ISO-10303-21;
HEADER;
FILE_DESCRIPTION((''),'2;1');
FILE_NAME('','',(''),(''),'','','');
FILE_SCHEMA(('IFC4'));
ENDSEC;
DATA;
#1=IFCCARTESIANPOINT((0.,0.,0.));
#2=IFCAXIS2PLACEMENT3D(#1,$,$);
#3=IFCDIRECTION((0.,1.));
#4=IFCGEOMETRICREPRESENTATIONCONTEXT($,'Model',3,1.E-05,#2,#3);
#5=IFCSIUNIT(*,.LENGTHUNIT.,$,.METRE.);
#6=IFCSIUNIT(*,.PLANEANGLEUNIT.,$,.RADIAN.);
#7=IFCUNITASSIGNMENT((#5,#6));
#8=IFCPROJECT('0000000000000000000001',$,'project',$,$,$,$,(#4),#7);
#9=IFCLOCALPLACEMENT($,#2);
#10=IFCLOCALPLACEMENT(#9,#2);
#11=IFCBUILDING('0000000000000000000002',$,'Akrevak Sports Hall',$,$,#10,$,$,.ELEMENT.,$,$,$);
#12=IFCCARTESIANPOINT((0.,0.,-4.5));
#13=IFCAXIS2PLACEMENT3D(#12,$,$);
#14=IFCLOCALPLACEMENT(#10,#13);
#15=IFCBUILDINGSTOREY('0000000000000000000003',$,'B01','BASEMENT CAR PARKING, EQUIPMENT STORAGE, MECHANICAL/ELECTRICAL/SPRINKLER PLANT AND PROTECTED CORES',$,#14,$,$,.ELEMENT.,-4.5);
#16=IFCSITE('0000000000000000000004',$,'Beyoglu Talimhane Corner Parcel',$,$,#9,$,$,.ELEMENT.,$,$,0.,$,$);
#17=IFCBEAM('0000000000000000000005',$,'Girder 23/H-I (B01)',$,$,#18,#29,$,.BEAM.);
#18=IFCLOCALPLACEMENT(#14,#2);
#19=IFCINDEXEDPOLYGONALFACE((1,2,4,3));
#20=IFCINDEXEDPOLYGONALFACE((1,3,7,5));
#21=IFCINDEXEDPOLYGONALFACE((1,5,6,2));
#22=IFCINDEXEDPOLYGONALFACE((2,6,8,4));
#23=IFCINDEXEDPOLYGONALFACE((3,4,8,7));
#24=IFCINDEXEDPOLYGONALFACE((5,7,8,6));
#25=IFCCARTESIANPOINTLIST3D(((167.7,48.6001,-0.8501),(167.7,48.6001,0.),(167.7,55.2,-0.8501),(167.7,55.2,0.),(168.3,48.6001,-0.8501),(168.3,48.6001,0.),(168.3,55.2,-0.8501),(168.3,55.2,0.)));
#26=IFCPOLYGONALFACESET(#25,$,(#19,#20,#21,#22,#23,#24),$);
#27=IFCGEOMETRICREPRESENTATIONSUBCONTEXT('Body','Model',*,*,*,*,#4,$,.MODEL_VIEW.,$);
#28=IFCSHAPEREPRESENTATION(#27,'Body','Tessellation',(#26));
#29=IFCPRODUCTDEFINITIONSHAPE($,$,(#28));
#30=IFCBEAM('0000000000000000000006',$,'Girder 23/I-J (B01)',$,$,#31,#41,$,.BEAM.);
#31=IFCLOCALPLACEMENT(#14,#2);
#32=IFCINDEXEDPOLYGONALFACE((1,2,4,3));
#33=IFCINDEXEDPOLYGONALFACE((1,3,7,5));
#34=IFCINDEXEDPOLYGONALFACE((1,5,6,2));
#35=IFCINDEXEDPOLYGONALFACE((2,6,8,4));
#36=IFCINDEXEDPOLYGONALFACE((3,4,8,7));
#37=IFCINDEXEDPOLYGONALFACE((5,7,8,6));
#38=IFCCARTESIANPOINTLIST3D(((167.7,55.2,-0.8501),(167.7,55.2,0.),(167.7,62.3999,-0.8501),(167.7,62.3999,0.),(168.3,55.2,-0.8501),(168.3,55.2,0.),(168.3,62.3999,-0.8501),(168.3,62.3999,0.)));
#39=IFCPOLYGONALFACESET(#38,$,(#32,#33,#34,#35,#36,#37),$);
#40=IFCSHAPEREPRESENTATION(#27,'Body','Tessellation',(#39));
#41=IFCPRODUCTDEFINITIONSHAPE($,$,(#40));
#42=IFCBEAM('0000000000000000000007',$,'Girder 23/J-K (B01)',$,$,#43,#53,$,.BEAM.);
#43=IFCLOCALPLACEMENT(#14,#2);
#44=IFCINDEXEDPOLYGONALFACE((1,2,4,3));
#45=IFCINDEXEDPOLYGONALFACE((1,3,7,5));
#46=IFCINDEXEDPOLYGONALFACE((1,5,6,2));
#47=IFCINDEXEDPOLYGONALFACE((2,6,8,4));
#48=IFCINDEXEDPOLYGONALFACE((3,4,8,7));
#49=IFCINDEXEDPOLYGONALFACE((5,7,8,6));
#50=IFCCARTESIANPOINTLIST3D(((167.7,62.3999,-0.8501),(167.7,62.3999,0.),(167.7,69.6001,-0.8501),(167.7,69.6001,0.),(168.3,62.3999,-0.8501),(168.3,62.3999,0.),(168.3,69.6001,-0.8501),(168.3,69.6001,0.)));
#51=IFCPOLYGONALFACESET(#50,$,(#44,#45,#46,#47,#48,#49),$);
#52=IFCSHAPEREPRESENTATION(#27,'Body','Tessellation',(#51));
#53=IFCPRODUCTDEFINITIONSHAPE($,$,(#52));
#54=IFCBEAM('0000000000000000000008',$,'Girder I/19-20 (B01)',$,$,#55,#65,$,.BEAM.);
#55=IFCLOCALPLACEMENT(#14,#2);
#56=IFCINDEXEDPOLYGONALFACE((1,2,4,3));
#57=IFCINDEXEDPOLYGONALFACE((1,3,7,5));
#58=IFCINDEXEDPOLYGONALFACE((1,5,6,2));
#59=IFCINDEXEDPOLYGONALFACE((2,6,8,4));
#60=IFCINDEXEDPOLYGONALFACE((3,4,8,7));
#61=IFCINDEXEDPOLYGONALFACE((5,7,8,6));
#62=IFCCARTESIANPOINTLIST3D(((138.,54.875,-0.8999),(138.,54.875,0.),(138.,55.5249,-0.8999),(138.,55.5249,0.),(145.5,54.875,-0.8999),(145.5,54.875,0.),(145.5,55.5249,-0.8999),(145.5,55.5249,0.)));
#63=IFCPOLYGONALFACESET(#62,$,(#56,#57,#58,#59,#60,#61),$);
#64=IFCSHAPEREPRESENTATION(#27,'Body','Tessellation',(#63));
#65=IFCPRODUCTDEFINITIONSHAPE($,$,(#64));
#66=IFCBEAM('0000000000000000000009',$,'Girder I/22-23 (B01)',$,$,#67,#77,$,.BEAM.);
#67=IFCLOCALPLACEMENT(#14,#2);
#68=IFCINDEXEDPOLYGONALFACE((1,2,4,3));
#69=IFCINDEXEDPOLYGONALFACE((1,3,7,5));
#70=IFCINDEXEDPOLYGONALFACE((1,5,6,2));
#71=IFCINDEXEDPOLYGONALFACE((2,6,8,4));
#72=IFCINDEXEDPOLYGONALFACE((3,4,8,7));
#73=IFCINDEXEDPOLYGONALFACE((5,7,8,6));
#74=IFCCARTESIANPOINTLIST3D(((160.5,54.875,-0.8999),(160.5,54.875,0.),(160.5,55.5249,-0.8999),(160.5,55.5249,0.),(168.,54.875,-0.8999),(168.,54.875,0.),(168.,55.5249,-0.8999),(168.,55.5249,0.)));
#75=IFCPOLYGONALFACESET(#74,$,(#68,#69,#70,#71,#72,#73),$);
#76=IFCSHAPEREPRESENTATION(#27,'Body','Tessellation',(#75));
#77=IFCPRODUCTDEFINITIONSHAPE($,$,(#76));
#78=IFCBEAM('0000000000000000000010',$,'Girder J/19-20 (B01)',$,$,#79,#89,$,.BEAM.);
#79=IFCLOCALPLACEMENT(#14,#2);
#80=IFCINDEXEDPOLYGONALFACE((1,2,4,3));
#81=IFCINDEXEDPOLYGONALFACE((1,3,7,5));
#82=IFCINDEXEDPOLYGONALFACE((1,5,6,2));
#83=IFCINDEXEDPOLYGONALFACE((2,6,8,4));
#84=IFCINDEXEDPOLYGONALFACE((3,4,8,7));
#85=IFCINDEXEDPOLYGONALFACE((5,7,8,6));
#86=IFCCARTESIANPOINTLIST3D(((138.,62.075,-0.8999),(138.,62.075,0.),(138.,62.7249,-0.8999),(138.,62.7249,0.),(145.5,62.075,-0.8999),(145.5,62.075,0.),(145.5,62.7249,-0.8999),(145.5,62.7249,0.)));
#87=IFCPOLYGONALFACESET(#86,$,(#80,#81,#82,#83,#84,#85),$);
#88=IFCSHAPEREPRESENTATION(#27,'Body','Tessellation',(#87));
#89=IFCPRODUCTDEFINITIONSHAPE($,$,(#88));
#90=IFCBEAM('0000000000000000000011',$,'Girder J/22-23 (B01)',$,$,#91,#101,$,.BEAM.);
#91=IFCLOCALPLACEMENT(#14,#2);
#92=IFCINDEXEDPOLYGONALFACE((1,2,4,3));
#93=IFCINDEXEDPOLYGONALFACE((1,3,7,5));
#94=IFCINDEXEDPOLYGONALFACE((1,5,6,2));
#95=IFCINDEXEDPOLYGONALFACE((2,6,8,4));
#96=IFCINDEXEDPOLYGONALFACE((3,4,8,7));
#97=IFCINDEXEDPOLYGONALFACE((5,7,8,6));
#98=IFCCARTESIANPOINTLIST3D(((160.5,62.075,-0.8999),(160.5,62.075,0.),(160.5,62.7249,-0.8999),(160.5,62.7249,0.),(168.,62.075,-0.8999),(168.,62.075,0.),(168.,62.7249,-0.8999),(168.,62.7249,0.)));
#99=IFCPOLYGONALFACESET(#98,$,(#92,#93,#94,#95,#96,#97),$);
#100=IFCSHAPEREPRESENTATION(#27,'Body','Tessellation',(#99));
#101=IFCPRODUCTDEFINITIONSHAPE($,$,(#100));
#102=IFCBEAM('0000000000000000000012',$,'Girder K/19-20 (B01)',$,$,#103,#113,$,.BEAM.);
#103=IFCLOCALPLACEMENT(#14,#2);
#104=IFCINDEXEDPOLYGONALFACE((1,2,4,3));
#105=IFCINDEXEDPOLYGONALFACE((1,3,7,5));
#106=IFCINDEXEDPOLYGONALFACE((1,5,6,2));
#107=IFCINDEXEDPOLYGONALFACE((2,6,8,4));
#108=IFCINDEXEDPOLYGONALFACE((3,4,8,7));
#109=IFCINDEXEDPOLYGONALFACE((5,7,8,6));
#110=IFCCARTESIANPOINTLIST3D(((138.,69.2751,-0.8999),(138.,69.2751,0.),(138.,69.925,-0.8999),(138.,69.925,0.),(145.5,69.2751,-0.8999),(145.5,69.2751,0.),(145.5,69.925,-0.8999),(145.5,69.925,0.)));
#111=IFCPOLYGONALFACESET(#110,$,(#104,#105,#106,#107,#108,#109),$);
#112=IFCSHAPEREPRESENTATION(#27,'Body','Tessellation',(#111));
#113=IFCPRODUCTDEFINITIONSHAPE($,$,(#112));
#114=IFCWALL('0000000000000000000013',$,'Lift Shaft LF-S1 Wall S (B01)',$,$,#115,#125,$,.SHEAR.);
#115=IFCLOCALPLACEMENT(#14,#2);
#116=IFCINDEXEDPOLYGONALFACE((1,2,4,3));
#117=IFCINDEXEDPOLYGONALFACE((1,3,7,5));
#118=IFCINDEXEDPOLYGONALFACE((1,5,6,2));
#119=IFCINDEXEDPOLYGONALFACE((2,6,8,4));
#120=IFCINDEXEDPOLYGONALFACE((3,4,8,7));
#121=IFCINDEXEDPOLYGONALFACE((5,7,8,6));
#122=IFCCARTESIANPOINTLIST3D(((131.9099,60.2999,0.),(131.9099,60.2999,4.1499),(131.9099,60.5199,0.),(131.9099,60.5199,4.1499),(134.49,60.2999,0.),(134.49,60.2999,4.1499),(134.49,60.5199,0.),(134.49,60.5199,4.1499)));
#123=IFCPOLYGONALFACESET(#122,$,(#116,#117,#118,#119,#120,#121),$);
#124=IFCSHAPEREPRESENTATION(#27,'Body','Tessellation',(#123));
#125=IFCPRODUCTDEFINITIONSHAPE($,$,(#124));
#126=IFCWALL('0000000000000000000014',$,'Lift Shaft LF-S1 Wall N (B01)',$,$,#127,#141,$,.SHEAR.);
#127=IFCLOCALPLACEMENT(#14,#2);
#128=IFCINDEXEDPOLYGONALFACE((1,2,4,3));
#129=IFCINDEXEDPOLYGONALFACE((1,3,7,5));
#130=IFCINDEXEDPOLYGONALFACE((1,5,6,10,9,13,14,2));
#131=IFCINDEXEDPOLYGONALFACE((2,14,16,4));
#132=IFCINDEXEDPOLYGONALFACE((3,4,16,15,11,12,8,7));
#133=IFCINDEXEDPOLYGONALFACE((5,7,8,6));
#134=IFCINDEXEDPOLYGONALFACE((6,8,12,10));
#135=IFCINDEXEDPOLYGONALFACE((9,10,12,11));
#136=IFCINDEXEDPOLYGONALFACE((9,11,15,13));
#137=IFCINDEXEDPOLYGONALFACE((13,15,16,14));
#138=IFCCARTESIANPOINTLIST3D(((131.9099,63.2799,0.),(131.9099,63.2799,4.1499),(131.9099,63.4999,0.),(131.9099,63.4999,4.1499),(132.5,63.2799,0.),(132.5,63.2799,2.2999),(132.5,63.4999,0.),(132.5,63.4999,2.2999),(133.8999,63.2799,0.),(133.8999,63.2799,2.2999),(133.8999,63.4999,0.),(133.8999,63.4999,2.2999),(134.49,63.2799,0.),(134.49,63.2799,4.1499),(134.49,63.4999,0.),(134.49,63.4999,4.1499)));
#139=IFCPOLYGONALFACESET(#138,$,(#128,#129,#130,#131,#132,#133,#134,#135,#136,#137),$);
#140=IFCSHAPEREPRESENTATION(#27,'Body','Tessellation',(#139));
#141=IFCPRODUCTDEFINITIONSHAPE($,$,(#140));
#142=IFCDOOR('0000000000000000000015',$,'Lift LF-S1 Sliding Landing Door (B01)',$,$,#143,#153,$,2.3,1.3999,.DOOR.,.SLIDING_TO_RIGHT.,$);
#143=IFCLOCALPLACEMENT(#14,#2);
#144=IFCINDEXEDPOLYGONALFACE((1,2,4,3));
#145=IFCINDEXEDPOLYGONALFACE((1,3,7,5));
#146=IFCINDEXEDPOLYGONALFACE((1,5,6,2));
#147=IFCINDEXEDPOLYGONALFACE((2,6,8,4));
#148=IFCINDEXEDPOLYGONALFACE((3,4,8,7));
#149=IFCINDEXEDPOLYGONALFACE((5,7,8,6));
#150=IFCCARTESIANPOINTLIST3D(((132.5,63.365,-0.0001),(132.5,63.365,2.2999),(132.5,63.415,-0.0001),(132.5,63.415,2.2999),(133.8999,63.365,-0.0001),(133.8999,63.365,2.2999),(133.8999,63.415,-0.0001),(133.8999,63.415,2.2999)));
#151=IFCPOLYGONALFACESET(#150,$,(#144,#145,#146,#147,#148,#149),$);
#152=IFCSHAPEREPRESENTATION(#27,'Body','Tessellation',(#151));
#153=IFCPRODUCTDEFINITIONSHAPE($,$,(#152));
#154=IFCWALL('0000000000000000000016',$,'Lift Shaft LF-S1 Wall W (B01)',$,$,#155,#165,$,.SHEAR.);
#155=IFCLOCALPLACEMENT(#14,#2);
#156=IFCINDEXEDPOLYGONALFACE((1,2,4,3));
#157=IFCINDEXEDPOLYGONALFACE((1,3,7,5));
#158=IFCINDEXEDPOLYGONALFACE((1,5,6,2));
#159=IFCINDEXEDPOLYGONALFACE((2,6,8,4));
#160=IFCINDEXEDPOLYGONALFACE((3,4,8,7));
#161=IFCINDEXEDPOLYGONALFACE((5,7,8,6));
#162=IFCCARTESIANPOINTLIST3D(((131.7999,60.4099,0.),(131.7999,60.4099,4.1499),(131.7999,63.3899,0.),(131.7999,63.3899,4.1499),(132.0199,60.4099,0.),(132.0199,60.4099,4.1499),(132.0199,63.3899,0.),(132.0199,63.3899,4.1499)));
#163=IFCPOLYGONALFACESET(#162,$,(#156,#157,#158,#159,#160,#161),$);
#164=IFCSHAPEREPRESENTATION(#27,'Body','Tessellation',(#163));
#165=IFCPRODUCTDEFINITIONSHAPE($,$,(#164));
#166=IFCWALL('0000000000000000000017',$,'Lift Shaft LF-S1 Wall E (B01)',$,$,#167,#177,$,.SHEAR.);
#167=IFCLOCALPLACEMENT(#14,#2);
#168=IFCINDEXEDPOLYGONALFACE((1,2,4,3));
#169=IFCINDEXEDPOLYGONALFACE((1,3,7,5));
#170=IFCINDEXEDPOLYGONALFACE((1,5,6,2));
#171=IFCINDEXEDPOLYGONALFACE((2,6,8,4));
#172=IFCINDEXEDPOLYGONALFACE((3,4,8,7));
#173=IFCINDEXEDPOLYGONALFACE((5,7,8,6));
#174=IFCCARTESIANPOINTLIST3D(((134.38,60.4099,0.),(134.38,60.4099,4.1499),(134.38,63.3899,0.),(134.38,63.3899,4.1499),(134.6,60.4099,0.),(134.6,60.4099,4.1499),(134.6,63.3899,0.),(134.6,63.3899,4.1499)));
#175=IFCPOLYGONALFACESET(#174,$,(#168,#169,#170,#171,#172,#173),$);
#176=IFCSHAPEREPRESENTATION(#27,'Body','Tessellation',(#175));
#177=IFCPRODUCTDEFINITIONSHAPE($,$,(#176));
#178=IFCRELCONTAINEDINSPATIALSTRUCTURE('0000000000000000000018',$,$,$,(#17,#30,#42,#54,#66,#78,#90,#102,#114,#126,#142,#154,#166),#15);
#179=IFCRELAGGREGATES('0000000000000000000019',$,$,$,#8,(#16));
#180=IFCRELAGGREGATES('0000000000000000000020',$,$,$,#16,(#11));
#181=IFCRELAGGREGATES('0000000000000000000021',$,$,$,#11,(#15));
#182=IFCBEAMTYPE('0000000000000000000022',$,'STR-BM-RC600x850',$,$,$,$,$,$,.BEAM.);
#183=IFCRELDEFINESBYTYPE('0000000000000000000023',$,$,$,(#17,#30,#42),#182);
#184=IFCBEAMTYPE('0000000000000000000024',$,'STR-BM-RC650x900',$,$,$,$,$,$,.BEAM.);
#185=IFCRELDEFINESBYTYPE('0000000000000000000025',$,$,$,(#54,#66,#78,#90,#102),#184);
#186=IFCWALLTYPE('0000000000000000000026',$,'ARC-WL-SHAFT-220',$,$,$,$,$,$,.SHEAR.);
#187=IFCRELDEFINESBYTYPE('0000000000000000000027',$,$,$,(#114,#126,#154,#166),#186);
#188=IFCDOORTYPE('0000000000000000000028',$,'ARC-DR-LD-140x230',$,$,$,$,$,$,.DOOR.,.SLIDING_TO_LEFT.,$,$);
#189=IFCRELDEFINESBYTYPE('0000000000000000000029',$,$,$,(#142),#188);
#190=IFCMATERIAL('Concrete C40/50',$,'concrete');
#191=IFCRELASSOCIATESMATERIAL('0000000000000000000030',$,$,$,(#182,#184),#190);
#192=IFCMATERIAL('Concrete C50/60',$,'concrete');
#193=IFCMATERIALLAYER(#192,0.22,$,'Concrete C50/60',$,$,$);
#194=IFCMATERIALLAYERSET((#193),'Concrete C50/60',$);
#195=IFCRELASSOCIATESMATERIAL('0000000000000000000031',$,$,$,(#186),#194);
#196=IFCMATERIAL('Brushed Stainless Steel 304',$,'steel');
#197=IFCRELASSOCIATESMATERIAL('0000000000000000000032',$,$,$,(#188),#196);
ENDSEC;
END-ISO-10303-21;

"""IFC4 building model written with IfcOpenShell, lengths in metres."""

from ifc_helpers import new_model, si_unit, direction, frame, frame_2d, origin, origin_2d, place, context, subcontext, project, spatial, rectangle, extrude, material, layer, layer_set, material_profile, profile_set, type_object, element, fill, save


model = new_model("IFC4")

# Units and contexts
model_context = context("Model", 3, precision=1e-05, world=origin(), true_north=direction((0.0, 1.0)))
body_context = subcontext(model_context, "Body", "Model", "MODEL_VIEW")
ifc_project = project(units=[si_unit("LENGTHUNIT", "METRE"), si_unit("PLANEANGLEUNIT", "RADIAN")], contexts=[model_context])

# Site, building, storey
site_placement = place(None, origin())
site = spatial("IfcSite", under=ifc_project, at=site_placement, Name="Beyoglu Talimhane Corner Parcel", CompositionType="ELEMENT", RefElevation=0.0)
building_placement = place(site_placement, origin())
building = spatial("IfcBuilding", under=site, at=building_placement, Name="Akrevak Sports Hall", CompositionType="ELEMENT")
storey_placement = place(building_placement, frame((0.0, 0.0, -4.5)))
storey = spatial("IfcBuildingStorey", under=building, at=storey_placement, Name="B01", Description="BASEMENT CAR PARKING, EQUIPMENT STORAGE, MECHANICAL/ELECTRICAL/SPRINKLER PLANT AND PROTECTED CORES", CompositionType="ELEMENT", Elevation=-4.5)

# Shared definitions
ifc_material_1 = material(Name="Concrete C40/50", Category="concrete")
ifc_material_2 = material(Name="Concrete C50/60", Category="concrete")

# Beams
ifc_material_profile_1 = material_profile(ifc_material_1, rectangle(XDim=0.6001, YDim=0.8501, at=origin_2d()), Name="BM 600x850", Category="concrete")
ifc_profile_set_1 = profile_set([ifc_material_profile_1], Name="Concrete C40/50")
beam_type_1 = type_object("IfcBeamType", Name="STR-BM-RC600x850", PredefinedType="BEAM", material=ifc_profile_set_1)
beam_1_placement = place(storey_placement, frame((168.0, 48.6001, -0.425), z_axis=(0.0, 1.0, 0.0), x_axis=(-1.0, 0.0, 0.0)))
element("IfcBeam", 1, at=beam_1_placement, inside=storey, type_object=beam_type_1, Name="Girder 23/H-I (B01)", PredefinedType="BEAM", context=body_context, shape_type="SweptSolid", body=[
    extrude(rectangle(XDim=0.6001, YDim=0.8501, at=origin_2d()), origin(), (0.0, 0.0, 1.0), 6.5999),
])
beam_2_placement = place(storey_placement, frame((168.0, 55.2, -0.425), z_axis=(0.0, 1.0, 0.0), x_axis=(-1.0, 0.0, 0.0)))
element("IfcBeam", 2, at=beam_2_placement, inside=storey, type_object=beam_type_1, Name="Girder 23/I-J (B01)", PredefinedType="BEAM", context=body_context, shape_type="SweptSolid", body=[
    extrude(rectangle(XDim=0.6001, YDim=0.8501, at=origin_2d()), origin(), (0.0, 0.0, 1.0), 7.2),
])
beam_3_placement = place(storey_placement, frame((168.0, 62.3999, -0.425), z_axis=(0.0, 1.0, 0.0), x_axis=(-1.0, 0.0, 0.0)))
element("IfcBeam", 3, at=beam_3_placement, inside=storey, type_object=beam_type_1, Name="Girder 23/J-K (B01)", PredefinedType="BEAM", context=body_context, shape_type="SweptSolid", body=[
    extrude(rectangle(XDim=0.6001, YDim=0.8501, at=origin_2d()), origin(), (0.0, 0.0, 1.0), 7.2002),
])
ifc_material_profile_2 = material_profile(ifc_material_1, rectangle(XDim=0.6499, YDim=0.8999, at=origin_2d()), Name="BM 650x900", Category="concrete")
ifc_profile_set_2 = profile_set([ifc_material_profile_2], Name="Concrete C40/50")
beam_type_2 = type_object("IfcBeamType", Name="STR-BM-RC650x900", PredefinedType="BEAM", material=ifc_profile_set_2)
for number, where, z_axis, x_axis, name in (
    (4, (138.0, 55.2, -0.45), (1.0, 0.0, 0.0), (0.0, 1.0, 0.0), "Girder I/19-20 (B01)"),
    (5, (160.5, 55.2, -0.45), (1.0, 0.0, 0.0), (0.0, 1.0, 0.0), "Girder I/22-23 (B01)"),
    (6, (138.0, 62.3999, -0.45), (1.0, 0.0, 0.0), (0.0, 1.0, 0.0), "Girder J/19-20 (B01)"),
    (7, (160.5, 62.3999, -0.45), (1.0, 0.0, 0.0), (0.0, 1.0, 0.0), "Girder J/22-23 (B01)"),
    (8, (138.0, 69.6001, -0.45), (1.0, 0.0, 0.0), (0.0, 1.0, 0.0), "Girder K/19-20 (B01)"),
):
    element("IfcBeam", number, at=place(storey_placement, frame(where, z_axis=z_axis, x_axis=x_axis)), inside=storey, type_object=beam_type_2, Name=name, PredefinedType="BEAM", context=body_context, shape_type="SweptSolid", body=[
        extrude(rectangle(XDim=0.6499, YDim=0.8999, at=origin_2d()), origin(), (0.0, 0.0, 1.0), 7.5),
    ])

# Wall
ifc_layer = layer(ifc_material_2, 0.22, Name="Concrete C50/60")
ifc_layer_set = layer_set([ifc_layer], Name="Concrete C50/60")
wall_type = type_object("IfcWallType", Name="ARC-WL-SHAFT-220", PredefinedType="SHEAR", material=ifc_layer_set)
wall_1_placement = place(storey_placement, frame((131.9099, 60.4099, 0.0), z_axis=(0.0, 0.0, 1.0), x_axis=(1.0, 0.0, 0.0)))
element("IfcWall", 9, at=wall_1_placement, inside=storey, type_object=wall_type, Name="Lift Shaft LF-S1 Wall S (B01)", PredefinedType="SHEAR", context=body_context, shape_type="SweptSolid", body=[
    extrude(rectangle(XDim=2.5801, YDim=0.22, at=frame_2d((1.29, 0.0))), origin(), (0.0, 0.0, 1.0), 4.1499),
])

# Wall, opening, door
wall_2_placement = place(storey_placement, frame((134.49, 63.3899, 0.0), z_axis=(0.0, 0.0, 1.0), x_axis=(-1.0, 0.0, 0.0)))
wall_2 = element("IfcWall", 10, at=wall_2_placement, inside=storey, type_object=wall_type, Name="Lift Shaft LF-S1 Wall N (B01)", PredefinedType="SHEAR", context=body_context, shape_type="SweptSolid", body=[
    extrude(rectangle(XDim=2.5801, YDim=0.22, at=frame_2d((1.29, 0.0))), origin(), (0.0, 0.0, 1.0), 4.1499),
])
opening_placement = place(wall_2_placement, frame((0.5901, 0.0, 0.0)))
opening = element("IfcOpeningElement", 11, at=opening_placement, cuts=wall_2, PredefinedType="OPENING", context=body_context, shape_type="SweptSolid", body=[
    extrude(rectangle(XDim=1.3999, YDim=2.3, at=frame_2d((0.7, 1.1499))), frame((0.0, 0.1221, 0.0), z_axis=(0.0, -1.0, 0.0), x_axis=(1.0, 0.0, 0.0)), (0.0, 0.0, 1.0), 0.2439),
])
ifc_material_3 = material(Name="Brushed Stainless Steel 304", Category="steel")
door_type = type_object("IfcDoorType", Name="ARC-DR-LD-140x230", OperationType="SLIDING_TO_LEFT", PredefinedType="DOOR", material=ifc_material_3)
door_placement = place(opening_placement, origin())
door = element("IfcDoor", 12, at=door_placement, inside=storey, type_object=door_type, Name="Lift LF-S1 Sliding Landing Door (B01)", OperationType="SLIDING_TO_RIGHT", OverallHeight=2.3, OverallWidth=1.3999, PredefinedType="DOOR", context=body_context, shape_type="SweptSolid", body=[
    extrude(rectangle(XDim=1.3999, YDim=2.3, at=frame_2d((0.7, 1.1499))), frame((0.0, 0.0249, 0.0), z_axis=(0.0, -1.0, 0.0), x_axis=(1.0, 0.0, 0.0)), (0.0, 0.0, 1.0), 0.05),
])
fill(opening, door)

# Walls
for number, where, z_axis, x_axis, name in (
    (13, (131.9099, 63.3899, 0.0), (0.0, 0.0, 1.0), (0.0, -1.0, 0.0), "Lift Shaft LF-S1 Wall W (B01)"),
    (14, (134.49, 60.4099, 0.0), (0.0, 0.0, 1.0), (0.0, 1.0, 0.0), "Lift Shaft LF-S1 Wall E (B01)"),
):
    element("IfcWall", number, at=place(storey_placement, frame(where, z_axis=z_axis, x_axis=x_axis)), inside=storey, type_object=wall_type, Name=name, PredefinedType="SHEAR", context=body_context, shape_type="SweptSolid", body=[
        extrude(rectangle(XDim=2.98, YDim=0.22, at=frame_2d((1.49, 0.0))), origin(), (0.0, 0.0, 1.0), 4.1499),
    ])

save(model, "model.ifc")
